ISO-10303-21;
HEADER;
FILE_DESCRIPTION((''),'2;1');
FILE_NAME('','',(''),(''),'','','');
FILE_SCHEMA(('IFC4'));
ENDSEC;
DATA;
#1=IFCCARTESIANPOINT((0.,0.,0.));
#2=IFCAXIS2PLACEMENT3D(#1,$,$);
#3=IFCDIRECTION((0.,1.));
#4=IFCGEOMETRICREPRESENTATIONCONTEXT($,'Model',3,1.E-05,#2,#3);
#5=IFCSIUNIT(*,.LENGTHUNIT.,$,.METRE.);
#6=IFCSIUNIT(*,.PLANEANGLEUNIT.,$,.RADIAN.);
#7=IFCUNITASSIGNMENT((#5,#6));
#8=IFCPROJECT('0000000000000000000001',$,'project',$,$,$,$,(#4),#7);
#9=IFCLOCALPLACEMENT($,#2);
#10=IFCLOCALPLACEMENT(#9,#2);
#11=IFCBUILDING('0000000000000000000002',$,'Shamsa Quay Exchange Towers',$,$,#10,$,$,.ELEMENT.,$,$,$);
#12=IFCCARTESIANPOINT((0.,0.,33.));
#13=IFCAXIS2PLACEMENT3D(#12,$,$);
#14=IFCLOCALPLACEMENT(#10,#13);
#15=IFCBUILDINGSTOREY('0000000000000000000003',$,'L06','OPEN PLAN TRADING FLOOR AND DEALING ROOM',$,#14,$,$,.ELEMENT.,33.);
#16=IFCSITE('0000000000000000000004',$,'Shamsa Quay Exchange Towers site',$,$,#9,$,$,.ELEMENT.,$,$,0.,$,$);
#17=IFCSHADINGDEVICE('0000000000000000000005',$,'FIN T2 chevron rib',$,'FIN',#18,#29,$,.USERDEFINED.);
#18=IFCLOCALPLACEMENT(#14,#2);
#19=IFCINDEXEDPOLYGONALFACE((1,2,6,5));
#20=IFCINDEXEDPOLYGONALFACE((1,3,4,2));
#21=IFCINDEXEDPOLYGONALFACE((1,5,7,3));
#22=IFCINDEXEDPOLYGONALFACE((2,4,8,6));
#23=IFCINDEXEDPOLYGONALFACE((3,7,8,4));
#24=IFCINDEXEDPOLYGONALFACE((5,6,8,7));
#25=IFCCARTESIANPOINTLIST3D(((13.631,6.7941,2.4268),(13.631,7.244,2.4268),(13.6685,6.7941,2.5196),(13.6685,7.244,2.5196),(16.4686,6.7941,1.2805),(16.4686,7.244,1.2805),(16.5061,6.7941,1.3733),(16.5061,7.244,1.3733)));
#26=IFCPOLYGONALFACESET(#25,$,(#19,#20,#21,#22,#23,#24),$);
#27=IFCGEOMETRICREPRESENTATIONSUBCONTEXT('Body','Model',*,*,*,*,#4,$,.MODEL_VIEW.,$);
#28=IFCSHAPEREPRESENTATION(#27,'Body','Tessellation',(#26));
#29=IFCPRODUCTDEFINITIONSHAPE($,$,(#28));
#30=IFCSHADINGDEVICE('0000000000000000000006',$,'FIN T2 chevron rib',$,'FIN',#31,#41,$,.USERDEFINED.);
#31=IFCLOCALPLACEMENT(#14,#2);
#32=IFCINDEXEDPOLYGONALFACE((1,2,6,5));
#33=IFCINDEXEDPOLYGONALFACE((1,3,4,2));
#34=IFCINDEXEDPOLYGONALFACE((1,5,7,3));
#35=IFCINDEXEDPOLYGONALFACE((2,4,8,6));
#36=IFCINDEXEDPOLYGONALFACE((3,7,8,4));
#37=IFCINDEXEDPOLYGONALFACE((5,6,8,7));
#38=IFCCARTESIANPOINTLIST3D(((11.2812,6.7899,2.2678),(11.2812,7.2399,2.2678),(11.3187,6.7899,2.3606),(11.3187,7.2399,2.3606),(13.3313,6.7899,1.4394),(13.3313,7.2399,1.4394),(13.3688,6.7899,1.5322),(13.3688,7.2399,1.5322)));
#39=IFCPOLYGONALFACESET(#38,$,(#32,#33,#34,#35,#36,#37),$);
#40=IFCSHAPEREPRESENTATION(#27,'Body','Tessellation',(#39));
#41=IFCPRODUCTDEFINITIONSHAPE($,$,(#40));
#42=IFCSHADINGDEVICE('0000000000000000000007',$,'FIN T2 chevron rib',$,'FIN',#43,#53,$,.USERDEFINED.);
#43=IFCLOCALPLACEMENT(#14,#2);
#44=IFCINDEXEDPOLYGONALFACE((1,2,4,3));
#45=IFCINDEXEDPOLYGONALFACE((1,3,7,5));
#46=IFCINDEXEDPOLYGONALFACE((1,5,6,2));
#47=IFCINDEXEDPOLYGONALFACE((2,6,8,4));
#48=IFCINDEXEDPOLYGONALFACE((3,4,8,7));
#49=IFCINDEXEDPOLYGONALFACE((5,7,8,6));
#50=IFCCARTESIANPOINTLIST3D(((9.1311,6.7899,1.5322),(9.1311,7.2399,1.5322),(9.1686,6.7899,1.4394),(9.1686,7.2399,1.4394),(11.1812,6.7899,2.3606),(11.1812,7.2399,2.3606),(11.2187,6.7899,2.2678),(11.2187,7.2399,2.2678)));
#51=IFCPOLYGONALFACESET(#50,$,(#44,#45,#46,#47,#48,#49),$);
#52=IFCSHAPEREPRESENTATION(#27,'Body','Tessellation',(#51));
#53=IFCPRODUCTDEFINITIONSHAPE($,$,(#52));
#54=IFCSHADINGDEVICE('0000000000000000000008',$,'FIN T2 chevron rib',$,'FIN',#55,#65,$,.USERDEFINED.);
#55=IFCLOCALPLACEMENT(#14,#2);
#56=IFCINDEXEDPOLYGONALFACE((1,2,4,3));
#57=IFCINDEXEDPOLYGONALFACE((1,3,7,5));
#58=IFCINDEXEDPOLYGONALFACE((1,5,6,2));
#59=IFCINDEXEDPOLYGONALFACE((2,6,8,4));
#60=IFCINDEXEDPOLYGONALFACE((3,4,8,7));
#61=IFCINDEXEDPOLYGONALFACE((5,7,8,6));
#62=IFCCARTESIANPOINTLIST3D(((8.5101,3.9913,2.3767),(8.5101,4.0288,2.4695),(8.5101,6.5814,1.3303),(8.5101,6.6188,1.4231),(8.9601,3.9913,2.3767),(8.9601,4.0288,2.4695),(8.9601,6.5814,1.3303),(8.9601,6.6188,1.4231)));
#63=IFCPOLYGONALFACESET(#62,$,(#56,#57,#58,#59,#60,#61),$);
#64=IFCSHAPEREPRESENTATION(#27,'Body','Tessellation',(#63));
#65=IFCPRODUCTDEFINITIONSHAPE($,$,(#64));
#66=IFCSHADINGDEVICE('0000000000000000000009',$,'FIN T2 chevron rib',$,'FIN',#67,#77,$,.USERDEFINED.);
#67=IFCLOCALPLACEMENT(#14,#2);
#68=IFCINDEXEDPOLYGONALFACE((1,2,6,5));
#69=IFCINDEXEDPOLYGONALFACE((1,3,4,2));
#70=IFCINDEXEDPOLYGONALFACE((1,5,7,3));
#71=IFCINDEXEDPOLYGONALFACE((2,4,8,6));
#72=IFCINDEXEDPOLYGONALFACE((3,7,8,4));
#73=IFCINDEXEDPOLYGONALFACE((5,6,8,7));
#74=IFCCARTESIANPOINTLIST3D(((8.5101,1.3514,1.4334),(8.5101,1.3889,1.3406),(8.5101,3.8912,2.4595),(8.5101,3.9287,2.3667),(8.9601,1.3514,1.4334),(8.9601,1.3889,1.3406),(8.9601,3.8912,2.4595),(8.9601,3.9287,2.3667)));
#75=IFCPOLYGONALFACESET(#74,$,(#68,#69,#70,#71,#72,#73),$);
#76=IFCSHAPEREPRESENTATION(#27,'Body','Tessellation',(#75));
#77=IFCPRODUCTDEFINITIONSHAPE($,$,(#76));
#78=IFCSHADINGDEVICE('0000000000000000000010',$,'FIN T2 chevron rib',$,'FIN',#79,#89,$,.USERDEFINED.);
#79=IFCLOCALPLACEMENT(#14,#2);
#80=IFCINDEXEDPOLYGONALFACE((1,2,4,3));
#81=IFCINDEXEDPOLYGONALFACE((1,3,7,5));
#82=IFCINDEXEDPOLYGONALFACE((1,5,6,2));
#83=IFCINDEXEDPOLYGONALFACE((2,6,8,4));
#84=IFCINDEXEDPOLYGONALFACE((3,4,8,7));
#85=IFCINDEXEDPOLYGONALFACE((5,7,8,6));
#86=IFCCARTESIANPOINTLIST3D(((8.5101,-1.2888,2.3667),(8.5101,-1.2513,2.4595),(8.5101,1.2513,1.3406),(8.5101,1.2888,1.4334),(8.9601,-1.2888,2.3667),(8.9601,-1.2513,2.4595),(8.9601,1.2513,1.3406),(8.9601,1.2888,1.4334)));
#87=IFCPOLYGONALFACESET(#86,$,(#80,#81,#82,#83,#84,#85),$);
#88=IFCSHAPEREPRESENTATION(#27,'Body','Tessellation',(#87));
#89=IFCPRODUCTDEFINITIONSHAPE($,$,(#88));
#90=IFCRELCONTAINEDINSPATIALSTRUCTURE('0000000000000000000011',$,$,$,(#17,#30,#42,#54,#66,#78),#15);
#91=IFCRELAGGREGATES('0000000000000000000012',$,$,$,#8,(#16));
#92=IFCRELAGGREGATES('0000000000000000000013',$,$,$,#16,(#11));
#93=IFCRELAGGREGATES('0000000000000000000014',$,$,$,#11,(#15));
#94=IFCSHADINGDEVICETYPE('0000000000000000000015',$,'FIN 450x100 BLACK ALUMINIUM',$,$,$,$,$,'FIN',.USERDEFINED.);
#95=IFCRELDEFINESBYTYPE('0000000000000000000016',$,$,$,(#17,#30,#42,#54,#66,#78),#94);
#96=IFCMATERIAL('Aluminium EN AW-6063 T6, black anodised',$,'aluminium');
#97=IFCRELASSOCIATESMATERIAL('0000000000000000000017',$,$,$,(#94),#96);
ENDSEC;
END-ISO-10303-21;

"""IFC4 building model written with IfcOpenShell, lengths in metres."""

from ifc_helpers import new_model, si_unit, direction, frame, origin, origin_2d, place, context, subcontext, project, spatial, rectangle, extrude, material, material_profile, profile_set, type_object, element, save


model = new_model("IFC4")

# Units and contexts
model_context = context("Model", 3, precision=1e-05, world=origin(), true_north=direction((0.0, 1.0)))
body_context = subcontext(model_context, "Body", "Model", "MODEL_VIEW")
ifc_project = project(units=[si_unit("LENGTHUNIT", "METRE"), si_unit("PLANEANGLEUNIT", "RADIAN")], contexts=[model_context])

# Site, building, storey
site_placement = place(None, origin())
site = spatial("IfcSite", under=ifc_project, at=site_placement, Name="Shamsa Quay Exchange Towers site", CompositionType="ELEMENT", RefElevation=0.0)
building_placement = place(site_placement, origin())
building = spatial("IfcBuilding", under=site, at=building_placement, Name="Shamsa Quay Exchange Towers", CompositionType="ELEMENT")
storey_placement = place(building_placement, frame((0.0, 0.0, 33.0)))
storey = spatial("IfcBuildingStorey", under=building, at=storey_placement, Name="L06", Description="OPEN PLAN TRADING FLOOR AND DEALING ROOM", CompositionType="ELEMENT", Elevation=33.0)

# Shared definitions
ifc_material_1 = material(Name="Aluminium EN AW-6063 T6, black anodised", Category="aluminium")

# Shading devices
ifc_material_profile_1 = material_profile(ifc_material_1, rectangle(XDim=0.45, YDim=0.1001, at=origin_2d()), Name="FIN450x100")
ifc_profile_set_1 = profile_set([ifc_material_profile_1], Name="Aluminium EN AW-6063 T6, black anodised")
shading_device_type = type_object("IfcShadingDeviceType", Name="FIN 450x100 BLACK ALUMINIUM", ElementType="FIN", PredefinedType="USERDEFINED", material=ifc_profile_set_1)
shading_device_1_placement = place(storey_placement, frame((16.4873, 7.019, 1.3269), z_axis=(-0.9272, 0.0, 0.374566), x_axis=(0.0, -1.0, 0.0)))
element("IfcShadingDevice", 1, at=shading_device_1_placement, inside=storey, type_object=shading_device_type, Name="FIN T2 chevron rib", ObjectType="FIN", PredefinedType="USERDEFINED", context=body_context, shape_type="SweptSolid", body=[
    extrude(rectangle(XDim=0.45, YDim=0.1001, at=origin_2d()), origin(), (0.0, 0.0, 1.0), 3.0603),
])
for number, where, z_axis, x_axis, name in (
    (2, (13.3501, 7.0149, 1.4858), (-0.927169, 0.0, 0.374644), (0.0, -1.0, 0.0), "FIN T2 chevron rib"),
    (3, (11.2, 7.0149, 2.3142), (-0.927169, 0.0, -0.374644), (0.0, -1.0, 0.0), "FIN T2 chevron rib"),
):
    element("IfcShadingDevice", number, at=place(storey_placement, frame(where, z_axis=z_axis, x_axis=x_axis)), inside=storey, type_object=shading_device_type, Name=name, ObjectType="FIN", PredefinedType="USERDEFINED", context=body_context, shape_type="SweptSolid", body=[
        extrude(rectangle(XDim=0.45, YDim=0.1001, at=origin_2d()), origin(), (0.0, 0.0, 1.0), 2.2112),
    ])
shading_device_2_placement = place(storey_placement, frame((8.7351, 6.6001, 1.3767), z_axis=(0.0, -0.927193, 0.374583), x_axis=(1.0, 0.0, 0.0)))
element("IfcShadingDevice", 4, at=shading_device_2_placement, inside=storey, type_object=shading_device_type, Name="FIN T2 chevron rib", ObjectType="FIN", PredefinedType="USERDEFINED", context=body_context, shape_type="SweptSolid", body=[
    extrude(rectangle(XDim=0.45, YDim=0.1001, at=origin_2d()), origin(), (0.0, 0.0, 1.0), 2.7935),
])
shading_device_3_placement = place(storey_placement, frame((8.7351, 3.9099, 2.4131), z_axis=(0.0, -0.927186, -0.3746), x_axis=(1.0, 0.0, 0.0)))
element("IfcShadingDevice", 5, at=shading_device_3_placement, inside=storey, type_object=shading_device_type, Name="FIN T2 chevron rib", ObjectType="FIN", PredefinedType="USERDEFINED", context=body_context, shape_type="SweptSolid", body=[
    extrude(rectangle(XDim=0.45, YDim=0.1001, at=origin_2d()), origin(), (0.0, 0.0, 1.0), 2.7393),
])
shading_device_4_placement = place(storey_placement, frame((8.7351, 1.27, 1.387), z_axis=(0.0, -0.927199, 0.374569), x_axis=(1.0, 0.0, 0.0)))
element("IfcShadingDevice", 6, at=shading_device_4_placement, inside=storey, type_object=shading_device_type, Name="FIN T2 chevron rib", ObjectType="FIN", PredefinedType="USERDEFINED", context=body_context, shape_type="SweptSolid", body=[
    extrude(rectangle(XDim=0.45, YDim=0.1001, at=origin_2d()), origin(), (0.0, 0.0, 1.0), 2.7395),
])

save(model, "model.ifc")
